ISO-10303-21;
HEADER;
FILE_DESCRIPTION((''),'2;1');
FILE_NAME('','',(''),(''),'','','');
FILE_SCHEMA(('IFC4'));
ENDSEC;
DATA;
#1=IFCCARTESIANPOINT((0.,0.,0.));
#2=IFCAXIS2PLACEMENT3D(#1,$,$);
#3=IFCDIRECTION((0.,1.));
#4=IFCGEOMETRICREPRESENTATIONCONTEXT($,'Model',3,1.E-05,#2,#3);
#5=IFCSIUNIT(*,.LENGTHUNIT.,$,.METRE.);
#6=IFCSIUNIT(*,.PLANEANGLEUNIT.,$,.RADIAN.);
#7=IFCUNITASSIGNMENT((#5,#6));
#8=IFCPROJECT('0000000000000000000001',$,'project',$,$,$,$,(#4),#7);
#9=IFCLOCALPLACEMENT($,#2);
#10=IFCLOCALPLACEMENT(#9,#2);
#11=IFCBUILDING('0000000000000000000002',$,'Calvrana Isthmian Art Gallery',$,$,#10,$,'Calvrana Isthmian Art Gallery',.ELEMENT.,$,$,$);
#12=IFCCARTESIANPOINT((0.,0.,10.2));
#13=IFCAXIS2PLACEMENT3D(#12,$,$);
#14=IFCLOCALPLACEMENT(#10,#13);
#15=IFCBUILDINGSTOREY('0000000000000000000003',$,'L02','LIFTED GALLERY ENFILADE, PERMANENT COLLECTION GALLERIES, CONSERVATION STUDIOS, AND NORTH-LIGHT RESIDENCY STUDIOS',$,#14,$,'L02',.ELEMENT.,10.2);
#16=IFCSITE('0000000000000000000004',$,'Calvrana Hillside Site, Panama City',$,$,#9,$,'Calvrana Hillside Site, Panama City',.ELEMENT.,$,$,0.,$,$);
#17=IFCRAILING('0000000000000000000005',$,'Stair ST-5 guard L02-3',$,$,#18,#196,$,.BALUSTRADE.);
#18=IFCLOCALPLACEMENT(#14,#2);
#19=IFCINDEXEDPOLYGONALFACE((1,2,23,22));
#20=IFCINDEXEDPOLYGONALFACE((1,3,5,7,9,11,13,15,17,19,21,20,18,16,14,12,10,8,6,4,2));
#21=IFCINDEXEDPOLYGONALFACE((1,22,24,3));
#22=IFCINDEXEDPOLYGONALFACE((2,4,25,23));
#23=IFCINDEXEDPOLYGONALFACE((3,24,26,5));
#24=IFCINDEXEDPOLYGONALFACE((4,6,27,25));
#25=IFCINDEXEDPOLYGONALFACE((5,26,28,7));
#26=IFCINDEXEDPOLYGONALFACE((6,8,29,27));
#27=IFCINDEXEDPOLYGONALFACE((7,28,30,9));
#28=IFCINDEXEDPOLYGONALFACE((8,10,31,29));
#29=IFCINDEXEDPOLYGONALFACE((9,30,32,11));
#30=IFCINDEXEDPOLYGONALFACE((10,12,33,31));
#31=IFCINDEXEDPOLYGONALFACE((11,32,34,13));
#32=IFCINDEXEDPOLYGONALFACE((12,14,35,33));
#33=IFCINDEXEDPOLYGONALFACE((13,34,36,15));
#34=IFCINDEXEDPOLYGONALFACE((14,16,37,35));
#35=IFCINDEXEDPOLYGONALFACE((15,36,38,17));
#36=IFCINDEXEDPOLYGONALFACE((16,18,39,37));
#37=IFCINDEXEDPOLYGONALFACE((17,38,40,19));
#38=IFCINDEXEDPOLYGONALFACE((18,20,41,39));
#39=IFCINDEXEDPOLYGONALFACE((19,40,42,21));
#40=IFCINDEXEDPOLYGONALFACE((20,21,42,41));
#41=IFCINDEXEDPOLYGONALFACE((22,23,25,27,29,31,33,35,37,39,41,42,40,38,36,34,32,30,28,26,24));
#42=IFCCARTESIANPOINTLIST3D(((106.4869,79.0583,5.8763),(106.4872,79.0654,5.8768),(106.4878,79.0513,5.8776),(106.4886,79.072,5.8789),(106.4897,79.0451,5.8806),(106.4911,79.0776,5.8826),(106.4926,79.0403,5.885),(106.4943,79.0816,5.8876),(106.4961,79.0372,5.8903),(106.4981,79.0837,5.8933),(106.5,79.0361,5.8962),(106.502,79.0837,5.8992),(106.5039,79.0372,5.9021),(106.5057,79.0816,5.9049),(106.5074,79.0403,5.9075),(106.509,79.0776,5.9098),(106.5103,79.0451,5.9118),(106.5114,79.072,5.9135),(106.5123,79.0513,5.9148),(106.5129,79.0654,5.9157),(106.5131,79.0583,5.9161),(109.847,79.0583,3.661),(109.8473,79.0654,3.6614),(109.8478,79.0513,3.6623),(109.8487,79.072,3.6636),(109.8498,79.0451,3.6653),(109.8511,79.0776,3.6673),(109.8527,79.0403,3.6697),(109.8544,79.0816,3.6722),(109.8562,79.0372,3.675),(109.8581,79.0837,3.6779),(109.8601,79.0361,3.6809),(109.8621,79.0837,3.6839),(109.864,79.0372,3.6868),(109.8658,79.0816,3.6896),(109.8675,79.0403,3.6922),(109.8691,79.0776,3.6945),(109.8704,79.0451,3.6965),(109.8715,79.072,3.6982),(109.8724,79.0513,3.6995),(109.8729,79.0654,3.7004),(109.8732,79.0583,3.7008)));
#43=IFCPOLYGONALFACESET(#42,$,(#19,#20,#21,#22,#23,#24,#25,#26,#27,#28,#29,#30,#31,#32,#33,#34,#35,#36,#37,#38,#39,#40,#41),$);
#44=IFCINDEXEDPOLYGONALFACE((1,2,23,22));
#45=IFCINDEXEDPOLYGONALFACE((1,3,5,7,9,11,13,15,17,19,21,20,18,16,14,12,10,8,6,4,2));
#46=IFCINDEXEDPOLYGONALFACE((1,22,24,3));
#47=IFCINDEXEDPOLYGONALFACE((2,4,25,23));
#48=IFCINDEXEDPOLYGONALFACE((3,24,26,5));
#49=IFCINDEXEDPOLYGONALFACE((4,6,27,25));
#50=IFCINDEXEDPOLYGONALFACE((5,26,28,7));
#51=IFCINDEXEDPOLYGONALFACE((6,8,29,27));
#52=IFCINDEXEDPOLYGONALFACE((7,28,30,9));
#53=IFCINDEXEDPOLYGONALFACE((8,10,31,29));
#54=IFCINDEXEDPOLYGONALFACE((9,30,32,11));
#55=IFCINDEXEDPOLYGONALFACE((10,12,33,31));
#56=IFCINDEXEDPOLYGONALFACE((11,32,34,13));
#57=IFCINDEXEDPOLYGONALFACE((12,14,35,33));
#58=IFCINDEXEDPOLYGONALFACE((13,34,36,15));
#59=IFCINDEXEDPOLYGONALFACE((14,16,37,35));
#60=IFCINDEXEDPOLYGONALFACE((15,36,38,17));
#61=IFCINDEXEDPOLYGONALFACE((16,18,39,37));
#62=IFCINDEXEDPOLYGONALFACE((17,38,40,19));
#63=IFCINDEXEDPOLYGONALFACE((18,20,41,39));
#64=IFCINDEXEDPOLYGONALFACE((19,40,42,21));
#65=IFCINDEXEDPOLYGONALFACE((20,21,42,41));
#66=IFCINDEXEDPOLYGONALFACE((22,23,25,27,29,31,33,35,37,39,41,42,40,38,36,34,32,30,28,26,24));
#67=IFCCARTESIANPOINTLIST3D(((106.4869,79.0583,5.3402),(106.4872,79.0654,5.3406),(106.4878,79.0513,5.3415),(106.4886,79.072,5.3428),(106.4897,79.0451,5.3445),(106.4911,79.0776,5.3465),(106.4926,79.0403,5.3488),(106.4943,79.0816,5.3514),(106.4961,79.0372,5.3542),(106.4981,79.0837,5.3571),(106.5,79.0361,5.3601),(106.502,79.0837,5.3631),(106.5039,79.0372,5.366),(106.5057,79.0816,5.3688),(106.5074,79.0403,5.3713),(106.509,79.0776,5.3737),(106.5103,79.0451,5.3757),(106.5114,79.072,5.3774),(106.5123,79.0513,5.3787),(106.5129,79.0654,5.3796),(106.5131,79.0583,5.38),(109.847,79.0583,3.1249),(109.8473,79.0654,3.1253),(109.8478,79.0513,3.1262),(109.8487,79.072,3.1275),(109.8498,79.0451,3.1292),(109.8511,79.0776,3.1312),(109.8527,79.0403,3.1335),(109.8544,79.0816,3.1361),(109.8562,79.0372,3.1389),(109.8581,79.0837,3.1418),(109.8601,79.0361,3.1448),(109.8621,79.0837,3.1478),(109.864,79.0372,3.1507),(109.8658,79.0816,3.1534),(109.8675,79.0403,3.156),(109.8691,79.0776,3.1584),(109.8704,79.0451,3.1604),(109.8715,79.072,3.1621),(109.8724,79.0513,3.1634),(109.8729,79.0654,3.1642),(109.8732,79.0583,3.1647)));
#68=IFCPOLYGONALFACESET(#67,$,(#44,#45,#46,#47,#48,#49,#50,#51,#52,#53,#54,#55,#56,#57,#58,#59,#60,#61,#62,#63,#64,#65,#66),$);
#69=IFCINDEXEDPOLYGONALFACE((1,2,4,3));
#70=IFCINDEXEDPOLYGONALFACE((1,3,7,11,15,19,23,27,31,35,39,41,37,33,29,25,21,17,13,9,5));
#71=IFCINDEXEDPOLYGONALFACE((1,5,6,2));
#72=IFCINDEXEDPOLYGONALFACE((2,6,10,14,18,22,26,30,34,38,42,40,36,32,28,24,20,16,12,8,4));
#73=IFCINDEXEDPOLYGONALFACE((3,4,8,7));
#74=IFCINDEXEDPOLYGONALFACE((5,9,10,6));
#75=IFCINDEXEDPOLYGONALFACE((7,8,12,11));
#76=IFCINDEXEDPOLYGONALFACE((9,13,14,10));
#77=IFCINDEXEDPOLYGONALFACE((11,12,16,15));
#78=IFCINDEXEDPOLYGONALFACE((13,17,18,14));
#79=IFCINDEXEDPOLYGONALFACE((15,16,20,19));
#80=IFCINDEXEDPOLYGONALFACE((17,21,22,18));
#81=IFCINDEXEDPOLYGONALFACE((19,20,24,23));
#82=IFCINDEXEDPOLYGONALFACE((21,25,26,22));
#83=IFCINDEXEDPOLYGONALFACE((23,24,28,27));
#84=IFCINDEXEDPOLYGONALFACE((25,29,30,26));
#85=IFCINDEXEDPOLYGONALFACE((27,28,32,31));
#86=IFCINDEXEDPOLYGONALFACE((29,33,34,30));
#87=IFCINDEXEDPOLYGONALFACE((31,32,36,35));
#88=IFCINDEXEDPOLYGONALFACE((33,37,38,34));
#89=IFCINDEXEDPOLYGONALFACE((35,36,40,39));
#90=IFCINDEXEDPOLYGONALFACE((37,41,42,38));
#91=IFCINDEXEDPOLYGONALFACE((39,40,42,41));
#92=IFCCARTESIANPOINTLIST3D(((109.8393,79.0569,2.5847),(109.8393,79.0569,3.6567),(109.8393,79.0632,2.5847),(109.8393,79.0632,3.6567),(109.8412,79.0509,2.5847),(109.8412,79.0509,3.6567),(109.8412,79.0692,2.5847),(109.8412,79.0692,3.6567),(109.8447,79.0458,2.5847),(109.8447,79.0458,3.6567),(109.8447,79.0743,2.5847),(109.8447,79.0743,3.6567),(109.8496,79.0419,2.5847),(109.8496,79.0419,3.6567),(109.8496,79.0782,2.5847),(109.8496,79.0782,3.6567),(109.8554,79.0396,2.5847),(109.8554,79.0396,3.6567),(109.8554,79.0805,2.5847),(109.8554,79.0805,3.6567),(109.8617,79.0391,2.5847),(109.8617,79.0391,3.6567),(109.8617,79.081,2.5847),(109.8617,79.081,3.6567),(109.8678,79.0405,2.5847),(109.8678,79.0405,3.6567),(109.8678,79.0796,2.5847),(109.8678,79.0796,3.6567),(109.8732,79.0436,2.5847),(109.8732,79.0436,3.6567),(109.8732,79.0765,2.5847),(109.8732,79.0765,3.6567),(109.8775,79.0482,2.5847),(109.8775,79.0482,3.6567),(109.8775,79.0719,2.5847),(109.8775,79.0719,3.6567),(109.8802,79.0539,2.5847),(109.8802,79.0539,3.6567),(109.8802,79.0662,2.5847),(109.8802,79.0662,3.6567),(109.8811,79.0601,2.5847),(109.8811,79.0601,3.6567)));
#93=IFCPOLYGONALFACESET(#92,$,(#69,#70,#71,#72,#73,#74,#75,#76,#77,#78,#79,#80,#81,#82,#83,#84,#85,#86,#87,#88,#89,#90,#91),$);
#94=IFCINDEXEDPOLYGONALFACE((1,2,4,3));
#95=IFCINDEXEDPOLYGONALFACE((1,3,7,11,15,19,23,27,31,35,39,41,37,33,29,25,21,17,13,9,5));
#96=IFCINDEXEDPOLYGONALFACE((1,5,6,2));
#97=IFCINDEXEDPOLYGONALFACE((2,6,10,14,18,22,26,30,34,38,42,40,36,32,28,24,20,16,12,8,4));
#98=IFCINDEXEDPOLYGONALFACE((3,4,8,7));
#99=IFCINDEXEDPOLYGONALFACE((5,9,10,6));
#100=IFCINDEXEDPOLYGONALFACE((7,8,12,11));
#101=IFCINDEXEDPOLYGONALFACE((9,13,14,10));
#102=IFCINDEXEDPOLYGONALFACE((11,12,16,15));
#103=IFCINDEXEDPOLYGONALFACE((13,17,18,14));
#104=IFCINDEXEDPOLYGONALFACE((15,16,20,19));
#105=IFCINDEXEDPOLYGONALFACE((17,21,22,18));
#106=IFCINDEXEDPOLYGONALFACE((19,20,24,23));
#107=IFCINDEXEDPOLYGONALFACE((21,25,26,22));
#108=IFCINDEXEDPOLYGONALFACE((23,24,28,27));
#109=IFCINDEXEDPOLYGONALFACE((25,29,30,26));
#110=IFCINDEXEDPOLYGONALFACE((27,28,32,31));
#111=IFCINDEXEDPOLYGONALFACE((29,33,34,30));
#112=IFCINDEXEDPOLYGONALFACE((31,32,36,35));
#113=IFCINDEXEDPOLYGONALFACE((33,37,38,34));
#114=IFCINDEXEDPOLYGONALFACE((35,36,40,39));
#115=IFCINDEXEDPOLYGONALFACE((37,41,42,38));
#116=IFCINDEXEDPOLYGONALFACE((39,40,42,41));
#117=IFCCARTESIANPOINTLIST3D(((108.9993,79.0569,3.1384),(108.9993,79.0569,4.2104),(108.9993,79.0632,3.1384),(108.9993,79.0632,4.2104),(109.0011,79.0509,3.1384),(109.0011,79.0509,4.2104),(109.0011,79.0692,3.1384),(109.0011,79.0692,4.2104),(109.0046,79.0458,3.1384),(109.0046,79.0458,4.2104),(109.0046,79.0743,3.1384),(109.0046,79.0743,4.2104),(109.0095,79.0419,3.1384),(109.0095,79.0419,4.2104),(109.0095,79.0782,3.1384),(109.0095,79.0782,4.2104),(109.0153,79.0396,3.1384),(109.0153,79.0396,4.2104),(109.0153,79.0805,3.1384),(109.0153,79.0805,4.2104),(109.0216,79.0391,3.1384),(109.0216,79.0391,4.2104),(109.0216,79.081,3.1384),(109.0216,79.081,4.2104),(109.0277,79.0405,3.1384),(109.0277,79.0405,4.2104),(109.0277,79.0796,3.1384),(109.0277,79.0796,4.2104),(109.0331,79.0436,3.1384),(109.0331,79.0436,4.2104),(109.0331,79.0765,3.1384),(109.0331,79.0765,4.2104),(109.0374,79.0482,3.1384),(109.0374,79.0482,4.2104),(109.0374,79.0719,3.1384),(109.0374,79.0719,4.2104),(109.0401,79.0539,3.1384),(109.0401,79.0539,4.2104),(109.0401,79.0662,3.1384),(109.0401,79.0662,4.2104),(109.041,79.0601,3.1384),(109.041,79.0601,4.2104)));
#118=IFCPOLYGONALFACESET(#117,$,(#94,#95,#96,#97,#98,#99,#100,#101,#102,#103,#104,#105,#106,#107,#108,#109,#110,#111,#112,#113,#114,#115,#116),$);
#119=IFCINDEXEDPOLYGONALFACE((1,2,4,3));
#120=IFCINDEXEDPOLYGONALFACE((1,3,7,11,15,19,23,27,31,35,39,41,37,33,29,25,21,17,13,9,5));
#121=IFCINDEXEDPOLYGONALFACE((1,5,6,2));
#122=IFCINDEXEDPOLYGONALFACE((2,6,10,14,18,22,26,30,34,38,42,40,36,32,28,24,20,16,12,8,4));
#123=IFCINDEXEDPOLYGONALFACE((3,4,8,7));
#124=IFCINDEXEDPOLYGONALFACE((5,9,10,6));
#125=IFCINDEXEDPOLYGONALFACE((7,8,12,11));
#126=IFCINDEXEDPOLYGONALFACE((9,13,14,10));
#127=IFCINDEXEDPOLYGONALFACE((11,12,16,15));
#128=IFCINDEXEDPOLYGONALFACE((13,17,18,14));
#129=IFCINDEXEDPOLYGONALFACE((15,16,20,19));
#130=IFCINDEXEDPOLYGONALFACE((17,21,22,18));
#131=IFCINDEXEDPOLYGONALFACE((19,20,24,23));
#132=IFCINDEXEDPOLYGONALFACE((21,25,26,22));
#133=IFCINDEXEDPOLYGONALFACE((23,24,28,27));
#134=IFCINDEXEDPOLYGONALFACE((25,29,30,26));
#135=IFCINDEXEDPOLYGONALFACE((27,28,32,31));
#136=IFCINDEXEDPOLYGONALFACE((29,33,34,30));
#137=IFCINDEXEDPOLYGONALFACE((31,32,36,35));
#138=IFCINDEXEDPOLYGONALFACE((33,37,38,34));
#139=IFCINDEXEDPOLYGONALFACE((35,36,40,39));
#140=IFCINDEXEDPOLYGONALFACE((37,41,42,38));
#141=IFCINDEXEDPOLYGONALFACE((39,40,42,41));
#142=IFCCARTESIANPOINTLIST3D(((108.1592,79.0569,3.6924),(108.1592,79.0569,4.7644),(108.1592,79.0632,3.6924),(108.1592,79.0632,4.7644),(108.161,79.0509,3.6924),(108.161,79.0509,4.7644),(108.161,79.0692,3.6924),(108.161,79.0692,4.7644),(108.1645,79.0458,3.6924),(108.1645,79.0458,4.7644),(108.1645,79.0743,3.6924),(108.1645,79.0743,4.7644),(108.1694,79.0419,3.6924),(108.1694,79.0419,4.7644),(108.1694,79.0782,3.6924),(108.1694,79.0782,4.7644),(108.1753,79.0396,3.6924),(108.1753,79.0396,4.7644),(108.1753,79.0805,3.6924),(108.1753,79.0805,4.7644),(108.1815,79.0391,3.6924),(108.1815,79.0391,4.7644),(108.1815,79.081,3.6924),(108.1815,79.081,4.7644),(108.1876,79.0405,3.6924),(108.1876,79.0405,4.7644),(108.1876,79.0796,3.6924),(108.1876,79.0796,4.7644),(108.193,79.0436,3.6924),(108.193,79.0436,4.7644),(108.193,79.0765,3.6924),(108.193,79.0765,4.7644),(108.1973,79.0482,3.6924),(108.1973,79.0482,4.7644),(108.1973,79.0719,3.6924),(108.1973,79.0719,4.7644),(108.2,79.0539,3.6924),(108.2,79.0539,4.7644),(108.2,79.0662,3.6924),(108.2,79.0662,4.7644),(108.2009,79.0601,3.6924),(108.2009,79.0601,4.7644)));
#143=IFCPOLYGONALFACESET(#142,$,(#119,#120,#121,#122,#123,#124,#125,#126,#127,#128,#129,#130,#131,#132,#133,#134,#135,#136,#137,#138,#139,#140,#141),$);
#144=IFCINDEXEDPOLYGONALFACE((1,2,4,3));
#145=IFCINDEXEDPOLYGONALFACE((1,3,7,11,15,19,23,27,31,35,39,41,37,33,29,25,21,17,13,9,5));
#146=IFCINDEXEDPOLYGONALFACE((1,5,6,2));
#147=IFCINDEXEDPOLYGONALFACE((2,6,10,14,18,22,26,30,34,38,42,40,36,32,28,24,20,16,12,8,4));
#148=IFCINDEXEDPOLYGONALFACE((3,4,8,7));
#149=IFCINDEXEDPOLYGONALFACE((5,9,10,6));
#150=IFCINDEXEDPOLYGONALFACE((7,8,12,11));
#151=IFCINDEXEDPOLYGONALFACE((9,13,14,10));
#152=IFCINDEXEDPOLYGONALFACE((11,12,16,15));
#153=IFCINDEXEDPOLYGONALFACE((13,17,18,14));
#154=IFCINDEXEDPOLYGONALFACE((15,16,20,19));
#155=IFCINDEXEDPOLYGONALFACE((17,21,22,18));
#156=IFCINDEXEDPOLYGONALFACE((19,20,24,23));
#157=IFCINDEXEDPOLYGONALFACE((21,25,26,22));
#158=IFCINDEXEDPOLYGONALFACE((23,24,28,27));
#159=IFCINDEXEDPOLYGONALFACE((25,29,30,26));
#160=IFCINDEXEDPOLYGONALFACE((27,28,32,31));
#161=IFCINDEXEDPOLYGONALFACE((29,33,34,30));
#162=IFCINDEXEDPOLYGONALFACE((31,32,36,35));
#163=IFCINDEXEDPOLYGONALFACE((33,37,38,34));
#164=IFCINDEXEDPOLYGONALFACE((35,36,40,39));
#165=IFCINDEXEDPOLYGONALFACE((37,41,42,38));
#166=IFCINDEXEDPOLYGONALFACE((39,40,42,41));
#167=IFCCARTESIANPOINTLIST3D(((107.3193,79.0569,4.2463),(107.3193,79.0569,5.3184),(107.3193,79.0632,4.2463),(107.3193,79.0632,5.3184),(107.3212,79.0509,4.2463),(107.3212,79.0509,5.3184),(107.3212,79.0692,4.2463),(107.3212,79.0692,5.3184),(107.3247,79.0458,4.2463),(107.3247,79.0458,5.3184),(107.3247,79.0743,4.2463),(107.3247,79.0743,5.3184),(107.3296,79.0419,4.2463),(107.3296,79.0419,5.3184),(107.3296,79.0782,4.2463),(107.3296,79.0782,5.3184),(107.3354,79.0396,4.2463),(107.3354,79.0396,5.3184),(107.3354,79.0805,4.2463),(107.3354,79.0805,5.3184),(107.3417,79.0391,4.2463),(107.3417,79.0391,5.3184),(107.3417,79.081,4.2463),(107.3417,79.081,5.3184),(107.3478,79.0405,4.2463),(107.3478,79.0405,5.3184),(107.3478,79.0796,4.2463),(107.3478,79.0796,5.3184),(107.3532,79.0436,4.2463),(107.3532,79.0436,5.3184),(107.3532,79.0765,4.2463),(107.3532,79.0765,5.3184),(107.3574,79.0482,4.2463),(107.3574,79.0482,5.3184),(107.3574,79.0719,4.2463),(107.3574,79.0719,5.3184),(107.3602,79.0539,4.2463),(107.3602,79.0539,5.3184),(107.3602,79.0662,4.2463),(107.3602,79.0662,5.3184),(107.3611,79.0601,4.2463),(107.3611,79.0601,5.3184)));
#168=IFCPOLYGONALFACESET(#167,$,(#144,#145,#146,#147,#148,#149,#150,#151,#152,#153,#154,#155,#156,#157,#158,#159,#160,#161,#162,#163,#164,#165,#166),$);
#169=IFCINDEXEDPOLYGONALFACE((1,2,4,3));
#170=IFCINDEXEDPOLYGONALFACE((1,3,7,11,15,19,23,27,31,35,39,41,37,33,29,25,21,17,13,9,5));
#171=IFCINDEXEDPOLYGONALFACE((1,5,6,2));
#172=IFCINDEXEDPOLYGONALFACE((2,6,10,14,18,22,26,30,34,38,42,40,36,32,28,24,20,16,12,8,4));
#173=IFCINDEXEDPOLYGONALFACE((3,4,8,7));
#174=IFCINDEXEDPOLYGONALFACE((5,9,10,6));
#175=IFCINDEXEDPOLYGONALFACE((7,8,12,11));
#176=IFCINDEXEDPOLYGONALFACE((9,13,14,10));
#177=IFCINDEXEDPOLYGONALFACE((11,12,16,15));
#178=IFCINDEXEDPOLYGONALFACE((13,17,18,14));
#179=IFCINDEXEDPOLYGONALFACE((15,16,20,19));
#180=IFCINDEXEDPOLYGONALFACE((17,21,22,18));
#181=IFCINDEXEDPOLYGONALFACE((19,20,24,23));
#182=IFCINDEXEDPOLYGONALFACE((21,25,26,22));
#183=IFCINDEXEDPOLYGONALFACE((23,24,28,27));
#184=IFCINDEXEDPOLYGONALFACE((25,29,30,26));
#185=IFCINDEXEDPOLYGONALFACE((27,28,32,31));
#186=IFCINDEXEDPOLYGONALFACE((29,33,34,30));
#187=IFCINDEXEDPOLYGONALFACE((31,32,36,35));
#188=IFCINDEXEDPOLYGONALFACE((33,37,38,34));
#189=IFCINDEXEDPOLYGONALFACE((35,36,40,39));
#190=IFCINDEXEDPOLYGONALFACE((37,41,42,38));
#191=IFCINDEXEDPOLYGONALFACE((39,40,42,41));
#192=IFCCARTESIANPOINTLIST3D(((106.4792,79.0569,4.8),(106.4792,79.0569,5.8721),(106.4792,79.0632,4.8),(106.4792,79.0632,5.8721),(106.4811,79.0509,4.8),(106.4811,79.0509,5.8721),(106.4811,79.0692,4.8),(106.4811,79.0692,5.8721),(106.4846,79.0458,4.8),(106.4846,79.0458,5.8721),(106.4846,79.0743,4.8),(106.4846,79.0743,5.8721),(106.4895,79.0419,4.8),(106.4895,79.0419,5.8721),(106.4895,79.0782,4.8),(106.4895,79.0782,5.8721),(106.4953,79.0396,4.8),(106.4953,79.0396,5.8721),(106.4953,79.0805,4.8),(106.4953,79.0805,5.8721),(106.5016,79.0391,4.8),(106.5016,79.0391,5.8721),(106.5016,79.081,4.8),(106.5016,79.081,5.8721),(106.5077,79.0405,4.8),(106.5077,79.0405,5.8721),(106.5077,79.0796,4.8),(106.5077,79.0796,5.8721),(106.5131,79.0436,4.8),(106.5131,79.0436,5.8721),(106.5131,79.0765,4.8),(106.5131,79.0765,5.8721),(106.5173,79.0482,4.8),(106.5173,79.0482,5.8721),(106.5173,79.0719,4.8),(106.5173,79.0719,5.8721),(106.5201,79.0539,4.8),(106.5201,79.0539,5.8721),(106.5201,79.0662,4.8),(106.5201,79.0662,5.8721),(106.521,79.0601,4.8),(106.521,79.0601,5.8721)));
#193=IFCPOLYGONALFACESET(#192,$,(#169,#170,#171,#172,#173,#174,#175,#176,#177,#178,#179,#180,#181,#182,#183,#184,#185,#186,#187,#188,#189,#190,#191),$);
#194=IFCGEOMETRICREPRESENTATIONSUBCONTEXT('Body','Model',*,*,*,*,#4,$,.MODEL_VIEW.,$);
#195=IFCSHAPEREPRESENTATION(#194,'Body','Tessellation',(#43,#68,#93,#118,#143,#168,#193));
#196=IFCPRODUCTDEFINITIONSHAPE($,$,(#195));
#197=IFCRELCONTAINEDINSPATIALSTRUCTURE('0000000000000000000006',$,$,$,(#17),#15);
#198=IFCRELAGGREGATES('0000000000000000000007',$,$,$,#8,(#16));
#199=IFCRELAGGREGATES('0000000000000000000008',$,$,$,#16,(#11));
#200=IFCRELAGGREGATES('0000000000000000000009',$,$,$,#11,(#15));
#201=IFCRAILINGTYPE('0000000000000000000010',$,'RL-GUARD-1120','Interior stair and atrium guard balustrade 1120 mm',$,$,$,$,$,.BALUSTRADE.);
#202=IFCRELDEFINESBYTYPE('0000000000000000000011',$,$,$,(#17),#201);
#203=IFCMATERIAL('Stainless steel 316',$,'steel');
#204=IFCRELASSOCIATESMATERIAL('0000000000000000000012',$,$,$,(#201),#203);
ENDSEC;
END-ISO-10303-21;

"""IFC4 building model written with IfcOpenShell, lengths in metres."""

from ifc_helpers import new_model, si_unit, direction, frame, origin, origin_2d, place, context, subcontext, project, spatial, circle, extrude, material, type_object, element, save


model = new_model("IFC4")

# Units and contexts
model_context = context("Model", 3, precision=1e-05, world=origin(), true_north=direction((0.0, 1.0)))
body_context = subcontext(model_context, "Body", "Model", "MODEL_VIEW")
ifc_project = project(units=[si_unit("LENGTHUNIT", "METRE"), si_unit("PLANEANGLEUNIT", "RADIAN")], contexts=[model_context])

# Site, building, storey
site_placement = place(None, origin())
site = spatial("IfcSite", under=ifc_project, at=site_placement, Name="Calvrana Hillside Site, Panama City", LongName="Calvrana Hillside Site, Panama City", CompositionType="ELEMENT", RefElevation=0.0)
building_placement = place(site_placement, origin())
building = spatial("IfcBuilding", under=site, at=building_placement, Name="Calvrana Isthmian Art Gallery", LongName="Calvrana Isthmian Art Gallery", CompositionType="ELEMENT")
storey_placement = place(building_placement, frame((0.0, 0.0, 10.2)))
storey = spatial("IfcBuildingStorey", under=building, at=storey_placement, Name="L02", Description="LIFTED GALLERY ENFILADE, PERMANENT COLLECTION GALLERIES, CONSERVATION STUDIOS, AND NORTH-LIGHT RESIDENCY STUDIOS", LongName="L02", CompositionType="ELEMENT", Elevation=10.2)

# Railing
ifc_material_1 = material(Name="Stainless steel 316", Category="steel")
railing_type_1 = type_object("IfcRailingType", Name="RL-GUARD-1120", Description="Interior stair and atrium guard balustrade 1120 mm", PredefinedType="BALUSTRADE", material=ifc_material_1)
railing_1_placement = place(storey_placement, frame((109.8601, 79.0601, 2.5847)))
element("IfcRailing", 1, at=railing_1_placement, inside=storey, type_object=railing_type_1, Name="Stair ST-5 guard L02-3", PredefinedType="BALUSTRADE", context=body_context, shape_type="SweptSolid", body=[
    extrude(circle(Radius=0.0239, at=origin_2d()), frame((0.0, 0.0, 1.0962), z_axis=(-0.834876, 0.0, 0.550437), x_axis=(0.0, -1.0, 0.0)), (0.0, 0.0, 1.0), 4.0247),
    extrude(circle(Radius=0.0239, at=origin_2d()), frame((0.0, 0.0, 0.5601), z_axis=(-0.834876, 0.0, 0.550437), x_axis=(0.0, -1.0, 0.0)), (0.0, 0.0, 1.0), 4.0247),
    extrude(circle(Radius=0.021, at=origin_2d()), origin(), (0.0, 0.0, 1.0), 1.072),
    extrude(circle(Radius=0.021, at=origin_2d()), frame((-0.8401, 0.0, 0.5537)), (0.0, 0.0, 1.0), 1.072),
    extrude(circle(Radius=0.021, at=origin_2d()), frame((-1.6802, 0.0, 1.1077)), (0.0, 0.0, 1.0), 1.072),
    extrude(circle(Radius=0.021, at=origin_2d()), frame((-2.52, 0.0, 1.6616)), (0.0, 0.0, 1.0), 1.072),
    extrude(circle(Radius=0.021, at=origin_2d()), frame((-3.3601, 0.0, 2.2153)), (0.0, 0.0, 1.0), 1.072),
])

save(model, "model.ifc")
